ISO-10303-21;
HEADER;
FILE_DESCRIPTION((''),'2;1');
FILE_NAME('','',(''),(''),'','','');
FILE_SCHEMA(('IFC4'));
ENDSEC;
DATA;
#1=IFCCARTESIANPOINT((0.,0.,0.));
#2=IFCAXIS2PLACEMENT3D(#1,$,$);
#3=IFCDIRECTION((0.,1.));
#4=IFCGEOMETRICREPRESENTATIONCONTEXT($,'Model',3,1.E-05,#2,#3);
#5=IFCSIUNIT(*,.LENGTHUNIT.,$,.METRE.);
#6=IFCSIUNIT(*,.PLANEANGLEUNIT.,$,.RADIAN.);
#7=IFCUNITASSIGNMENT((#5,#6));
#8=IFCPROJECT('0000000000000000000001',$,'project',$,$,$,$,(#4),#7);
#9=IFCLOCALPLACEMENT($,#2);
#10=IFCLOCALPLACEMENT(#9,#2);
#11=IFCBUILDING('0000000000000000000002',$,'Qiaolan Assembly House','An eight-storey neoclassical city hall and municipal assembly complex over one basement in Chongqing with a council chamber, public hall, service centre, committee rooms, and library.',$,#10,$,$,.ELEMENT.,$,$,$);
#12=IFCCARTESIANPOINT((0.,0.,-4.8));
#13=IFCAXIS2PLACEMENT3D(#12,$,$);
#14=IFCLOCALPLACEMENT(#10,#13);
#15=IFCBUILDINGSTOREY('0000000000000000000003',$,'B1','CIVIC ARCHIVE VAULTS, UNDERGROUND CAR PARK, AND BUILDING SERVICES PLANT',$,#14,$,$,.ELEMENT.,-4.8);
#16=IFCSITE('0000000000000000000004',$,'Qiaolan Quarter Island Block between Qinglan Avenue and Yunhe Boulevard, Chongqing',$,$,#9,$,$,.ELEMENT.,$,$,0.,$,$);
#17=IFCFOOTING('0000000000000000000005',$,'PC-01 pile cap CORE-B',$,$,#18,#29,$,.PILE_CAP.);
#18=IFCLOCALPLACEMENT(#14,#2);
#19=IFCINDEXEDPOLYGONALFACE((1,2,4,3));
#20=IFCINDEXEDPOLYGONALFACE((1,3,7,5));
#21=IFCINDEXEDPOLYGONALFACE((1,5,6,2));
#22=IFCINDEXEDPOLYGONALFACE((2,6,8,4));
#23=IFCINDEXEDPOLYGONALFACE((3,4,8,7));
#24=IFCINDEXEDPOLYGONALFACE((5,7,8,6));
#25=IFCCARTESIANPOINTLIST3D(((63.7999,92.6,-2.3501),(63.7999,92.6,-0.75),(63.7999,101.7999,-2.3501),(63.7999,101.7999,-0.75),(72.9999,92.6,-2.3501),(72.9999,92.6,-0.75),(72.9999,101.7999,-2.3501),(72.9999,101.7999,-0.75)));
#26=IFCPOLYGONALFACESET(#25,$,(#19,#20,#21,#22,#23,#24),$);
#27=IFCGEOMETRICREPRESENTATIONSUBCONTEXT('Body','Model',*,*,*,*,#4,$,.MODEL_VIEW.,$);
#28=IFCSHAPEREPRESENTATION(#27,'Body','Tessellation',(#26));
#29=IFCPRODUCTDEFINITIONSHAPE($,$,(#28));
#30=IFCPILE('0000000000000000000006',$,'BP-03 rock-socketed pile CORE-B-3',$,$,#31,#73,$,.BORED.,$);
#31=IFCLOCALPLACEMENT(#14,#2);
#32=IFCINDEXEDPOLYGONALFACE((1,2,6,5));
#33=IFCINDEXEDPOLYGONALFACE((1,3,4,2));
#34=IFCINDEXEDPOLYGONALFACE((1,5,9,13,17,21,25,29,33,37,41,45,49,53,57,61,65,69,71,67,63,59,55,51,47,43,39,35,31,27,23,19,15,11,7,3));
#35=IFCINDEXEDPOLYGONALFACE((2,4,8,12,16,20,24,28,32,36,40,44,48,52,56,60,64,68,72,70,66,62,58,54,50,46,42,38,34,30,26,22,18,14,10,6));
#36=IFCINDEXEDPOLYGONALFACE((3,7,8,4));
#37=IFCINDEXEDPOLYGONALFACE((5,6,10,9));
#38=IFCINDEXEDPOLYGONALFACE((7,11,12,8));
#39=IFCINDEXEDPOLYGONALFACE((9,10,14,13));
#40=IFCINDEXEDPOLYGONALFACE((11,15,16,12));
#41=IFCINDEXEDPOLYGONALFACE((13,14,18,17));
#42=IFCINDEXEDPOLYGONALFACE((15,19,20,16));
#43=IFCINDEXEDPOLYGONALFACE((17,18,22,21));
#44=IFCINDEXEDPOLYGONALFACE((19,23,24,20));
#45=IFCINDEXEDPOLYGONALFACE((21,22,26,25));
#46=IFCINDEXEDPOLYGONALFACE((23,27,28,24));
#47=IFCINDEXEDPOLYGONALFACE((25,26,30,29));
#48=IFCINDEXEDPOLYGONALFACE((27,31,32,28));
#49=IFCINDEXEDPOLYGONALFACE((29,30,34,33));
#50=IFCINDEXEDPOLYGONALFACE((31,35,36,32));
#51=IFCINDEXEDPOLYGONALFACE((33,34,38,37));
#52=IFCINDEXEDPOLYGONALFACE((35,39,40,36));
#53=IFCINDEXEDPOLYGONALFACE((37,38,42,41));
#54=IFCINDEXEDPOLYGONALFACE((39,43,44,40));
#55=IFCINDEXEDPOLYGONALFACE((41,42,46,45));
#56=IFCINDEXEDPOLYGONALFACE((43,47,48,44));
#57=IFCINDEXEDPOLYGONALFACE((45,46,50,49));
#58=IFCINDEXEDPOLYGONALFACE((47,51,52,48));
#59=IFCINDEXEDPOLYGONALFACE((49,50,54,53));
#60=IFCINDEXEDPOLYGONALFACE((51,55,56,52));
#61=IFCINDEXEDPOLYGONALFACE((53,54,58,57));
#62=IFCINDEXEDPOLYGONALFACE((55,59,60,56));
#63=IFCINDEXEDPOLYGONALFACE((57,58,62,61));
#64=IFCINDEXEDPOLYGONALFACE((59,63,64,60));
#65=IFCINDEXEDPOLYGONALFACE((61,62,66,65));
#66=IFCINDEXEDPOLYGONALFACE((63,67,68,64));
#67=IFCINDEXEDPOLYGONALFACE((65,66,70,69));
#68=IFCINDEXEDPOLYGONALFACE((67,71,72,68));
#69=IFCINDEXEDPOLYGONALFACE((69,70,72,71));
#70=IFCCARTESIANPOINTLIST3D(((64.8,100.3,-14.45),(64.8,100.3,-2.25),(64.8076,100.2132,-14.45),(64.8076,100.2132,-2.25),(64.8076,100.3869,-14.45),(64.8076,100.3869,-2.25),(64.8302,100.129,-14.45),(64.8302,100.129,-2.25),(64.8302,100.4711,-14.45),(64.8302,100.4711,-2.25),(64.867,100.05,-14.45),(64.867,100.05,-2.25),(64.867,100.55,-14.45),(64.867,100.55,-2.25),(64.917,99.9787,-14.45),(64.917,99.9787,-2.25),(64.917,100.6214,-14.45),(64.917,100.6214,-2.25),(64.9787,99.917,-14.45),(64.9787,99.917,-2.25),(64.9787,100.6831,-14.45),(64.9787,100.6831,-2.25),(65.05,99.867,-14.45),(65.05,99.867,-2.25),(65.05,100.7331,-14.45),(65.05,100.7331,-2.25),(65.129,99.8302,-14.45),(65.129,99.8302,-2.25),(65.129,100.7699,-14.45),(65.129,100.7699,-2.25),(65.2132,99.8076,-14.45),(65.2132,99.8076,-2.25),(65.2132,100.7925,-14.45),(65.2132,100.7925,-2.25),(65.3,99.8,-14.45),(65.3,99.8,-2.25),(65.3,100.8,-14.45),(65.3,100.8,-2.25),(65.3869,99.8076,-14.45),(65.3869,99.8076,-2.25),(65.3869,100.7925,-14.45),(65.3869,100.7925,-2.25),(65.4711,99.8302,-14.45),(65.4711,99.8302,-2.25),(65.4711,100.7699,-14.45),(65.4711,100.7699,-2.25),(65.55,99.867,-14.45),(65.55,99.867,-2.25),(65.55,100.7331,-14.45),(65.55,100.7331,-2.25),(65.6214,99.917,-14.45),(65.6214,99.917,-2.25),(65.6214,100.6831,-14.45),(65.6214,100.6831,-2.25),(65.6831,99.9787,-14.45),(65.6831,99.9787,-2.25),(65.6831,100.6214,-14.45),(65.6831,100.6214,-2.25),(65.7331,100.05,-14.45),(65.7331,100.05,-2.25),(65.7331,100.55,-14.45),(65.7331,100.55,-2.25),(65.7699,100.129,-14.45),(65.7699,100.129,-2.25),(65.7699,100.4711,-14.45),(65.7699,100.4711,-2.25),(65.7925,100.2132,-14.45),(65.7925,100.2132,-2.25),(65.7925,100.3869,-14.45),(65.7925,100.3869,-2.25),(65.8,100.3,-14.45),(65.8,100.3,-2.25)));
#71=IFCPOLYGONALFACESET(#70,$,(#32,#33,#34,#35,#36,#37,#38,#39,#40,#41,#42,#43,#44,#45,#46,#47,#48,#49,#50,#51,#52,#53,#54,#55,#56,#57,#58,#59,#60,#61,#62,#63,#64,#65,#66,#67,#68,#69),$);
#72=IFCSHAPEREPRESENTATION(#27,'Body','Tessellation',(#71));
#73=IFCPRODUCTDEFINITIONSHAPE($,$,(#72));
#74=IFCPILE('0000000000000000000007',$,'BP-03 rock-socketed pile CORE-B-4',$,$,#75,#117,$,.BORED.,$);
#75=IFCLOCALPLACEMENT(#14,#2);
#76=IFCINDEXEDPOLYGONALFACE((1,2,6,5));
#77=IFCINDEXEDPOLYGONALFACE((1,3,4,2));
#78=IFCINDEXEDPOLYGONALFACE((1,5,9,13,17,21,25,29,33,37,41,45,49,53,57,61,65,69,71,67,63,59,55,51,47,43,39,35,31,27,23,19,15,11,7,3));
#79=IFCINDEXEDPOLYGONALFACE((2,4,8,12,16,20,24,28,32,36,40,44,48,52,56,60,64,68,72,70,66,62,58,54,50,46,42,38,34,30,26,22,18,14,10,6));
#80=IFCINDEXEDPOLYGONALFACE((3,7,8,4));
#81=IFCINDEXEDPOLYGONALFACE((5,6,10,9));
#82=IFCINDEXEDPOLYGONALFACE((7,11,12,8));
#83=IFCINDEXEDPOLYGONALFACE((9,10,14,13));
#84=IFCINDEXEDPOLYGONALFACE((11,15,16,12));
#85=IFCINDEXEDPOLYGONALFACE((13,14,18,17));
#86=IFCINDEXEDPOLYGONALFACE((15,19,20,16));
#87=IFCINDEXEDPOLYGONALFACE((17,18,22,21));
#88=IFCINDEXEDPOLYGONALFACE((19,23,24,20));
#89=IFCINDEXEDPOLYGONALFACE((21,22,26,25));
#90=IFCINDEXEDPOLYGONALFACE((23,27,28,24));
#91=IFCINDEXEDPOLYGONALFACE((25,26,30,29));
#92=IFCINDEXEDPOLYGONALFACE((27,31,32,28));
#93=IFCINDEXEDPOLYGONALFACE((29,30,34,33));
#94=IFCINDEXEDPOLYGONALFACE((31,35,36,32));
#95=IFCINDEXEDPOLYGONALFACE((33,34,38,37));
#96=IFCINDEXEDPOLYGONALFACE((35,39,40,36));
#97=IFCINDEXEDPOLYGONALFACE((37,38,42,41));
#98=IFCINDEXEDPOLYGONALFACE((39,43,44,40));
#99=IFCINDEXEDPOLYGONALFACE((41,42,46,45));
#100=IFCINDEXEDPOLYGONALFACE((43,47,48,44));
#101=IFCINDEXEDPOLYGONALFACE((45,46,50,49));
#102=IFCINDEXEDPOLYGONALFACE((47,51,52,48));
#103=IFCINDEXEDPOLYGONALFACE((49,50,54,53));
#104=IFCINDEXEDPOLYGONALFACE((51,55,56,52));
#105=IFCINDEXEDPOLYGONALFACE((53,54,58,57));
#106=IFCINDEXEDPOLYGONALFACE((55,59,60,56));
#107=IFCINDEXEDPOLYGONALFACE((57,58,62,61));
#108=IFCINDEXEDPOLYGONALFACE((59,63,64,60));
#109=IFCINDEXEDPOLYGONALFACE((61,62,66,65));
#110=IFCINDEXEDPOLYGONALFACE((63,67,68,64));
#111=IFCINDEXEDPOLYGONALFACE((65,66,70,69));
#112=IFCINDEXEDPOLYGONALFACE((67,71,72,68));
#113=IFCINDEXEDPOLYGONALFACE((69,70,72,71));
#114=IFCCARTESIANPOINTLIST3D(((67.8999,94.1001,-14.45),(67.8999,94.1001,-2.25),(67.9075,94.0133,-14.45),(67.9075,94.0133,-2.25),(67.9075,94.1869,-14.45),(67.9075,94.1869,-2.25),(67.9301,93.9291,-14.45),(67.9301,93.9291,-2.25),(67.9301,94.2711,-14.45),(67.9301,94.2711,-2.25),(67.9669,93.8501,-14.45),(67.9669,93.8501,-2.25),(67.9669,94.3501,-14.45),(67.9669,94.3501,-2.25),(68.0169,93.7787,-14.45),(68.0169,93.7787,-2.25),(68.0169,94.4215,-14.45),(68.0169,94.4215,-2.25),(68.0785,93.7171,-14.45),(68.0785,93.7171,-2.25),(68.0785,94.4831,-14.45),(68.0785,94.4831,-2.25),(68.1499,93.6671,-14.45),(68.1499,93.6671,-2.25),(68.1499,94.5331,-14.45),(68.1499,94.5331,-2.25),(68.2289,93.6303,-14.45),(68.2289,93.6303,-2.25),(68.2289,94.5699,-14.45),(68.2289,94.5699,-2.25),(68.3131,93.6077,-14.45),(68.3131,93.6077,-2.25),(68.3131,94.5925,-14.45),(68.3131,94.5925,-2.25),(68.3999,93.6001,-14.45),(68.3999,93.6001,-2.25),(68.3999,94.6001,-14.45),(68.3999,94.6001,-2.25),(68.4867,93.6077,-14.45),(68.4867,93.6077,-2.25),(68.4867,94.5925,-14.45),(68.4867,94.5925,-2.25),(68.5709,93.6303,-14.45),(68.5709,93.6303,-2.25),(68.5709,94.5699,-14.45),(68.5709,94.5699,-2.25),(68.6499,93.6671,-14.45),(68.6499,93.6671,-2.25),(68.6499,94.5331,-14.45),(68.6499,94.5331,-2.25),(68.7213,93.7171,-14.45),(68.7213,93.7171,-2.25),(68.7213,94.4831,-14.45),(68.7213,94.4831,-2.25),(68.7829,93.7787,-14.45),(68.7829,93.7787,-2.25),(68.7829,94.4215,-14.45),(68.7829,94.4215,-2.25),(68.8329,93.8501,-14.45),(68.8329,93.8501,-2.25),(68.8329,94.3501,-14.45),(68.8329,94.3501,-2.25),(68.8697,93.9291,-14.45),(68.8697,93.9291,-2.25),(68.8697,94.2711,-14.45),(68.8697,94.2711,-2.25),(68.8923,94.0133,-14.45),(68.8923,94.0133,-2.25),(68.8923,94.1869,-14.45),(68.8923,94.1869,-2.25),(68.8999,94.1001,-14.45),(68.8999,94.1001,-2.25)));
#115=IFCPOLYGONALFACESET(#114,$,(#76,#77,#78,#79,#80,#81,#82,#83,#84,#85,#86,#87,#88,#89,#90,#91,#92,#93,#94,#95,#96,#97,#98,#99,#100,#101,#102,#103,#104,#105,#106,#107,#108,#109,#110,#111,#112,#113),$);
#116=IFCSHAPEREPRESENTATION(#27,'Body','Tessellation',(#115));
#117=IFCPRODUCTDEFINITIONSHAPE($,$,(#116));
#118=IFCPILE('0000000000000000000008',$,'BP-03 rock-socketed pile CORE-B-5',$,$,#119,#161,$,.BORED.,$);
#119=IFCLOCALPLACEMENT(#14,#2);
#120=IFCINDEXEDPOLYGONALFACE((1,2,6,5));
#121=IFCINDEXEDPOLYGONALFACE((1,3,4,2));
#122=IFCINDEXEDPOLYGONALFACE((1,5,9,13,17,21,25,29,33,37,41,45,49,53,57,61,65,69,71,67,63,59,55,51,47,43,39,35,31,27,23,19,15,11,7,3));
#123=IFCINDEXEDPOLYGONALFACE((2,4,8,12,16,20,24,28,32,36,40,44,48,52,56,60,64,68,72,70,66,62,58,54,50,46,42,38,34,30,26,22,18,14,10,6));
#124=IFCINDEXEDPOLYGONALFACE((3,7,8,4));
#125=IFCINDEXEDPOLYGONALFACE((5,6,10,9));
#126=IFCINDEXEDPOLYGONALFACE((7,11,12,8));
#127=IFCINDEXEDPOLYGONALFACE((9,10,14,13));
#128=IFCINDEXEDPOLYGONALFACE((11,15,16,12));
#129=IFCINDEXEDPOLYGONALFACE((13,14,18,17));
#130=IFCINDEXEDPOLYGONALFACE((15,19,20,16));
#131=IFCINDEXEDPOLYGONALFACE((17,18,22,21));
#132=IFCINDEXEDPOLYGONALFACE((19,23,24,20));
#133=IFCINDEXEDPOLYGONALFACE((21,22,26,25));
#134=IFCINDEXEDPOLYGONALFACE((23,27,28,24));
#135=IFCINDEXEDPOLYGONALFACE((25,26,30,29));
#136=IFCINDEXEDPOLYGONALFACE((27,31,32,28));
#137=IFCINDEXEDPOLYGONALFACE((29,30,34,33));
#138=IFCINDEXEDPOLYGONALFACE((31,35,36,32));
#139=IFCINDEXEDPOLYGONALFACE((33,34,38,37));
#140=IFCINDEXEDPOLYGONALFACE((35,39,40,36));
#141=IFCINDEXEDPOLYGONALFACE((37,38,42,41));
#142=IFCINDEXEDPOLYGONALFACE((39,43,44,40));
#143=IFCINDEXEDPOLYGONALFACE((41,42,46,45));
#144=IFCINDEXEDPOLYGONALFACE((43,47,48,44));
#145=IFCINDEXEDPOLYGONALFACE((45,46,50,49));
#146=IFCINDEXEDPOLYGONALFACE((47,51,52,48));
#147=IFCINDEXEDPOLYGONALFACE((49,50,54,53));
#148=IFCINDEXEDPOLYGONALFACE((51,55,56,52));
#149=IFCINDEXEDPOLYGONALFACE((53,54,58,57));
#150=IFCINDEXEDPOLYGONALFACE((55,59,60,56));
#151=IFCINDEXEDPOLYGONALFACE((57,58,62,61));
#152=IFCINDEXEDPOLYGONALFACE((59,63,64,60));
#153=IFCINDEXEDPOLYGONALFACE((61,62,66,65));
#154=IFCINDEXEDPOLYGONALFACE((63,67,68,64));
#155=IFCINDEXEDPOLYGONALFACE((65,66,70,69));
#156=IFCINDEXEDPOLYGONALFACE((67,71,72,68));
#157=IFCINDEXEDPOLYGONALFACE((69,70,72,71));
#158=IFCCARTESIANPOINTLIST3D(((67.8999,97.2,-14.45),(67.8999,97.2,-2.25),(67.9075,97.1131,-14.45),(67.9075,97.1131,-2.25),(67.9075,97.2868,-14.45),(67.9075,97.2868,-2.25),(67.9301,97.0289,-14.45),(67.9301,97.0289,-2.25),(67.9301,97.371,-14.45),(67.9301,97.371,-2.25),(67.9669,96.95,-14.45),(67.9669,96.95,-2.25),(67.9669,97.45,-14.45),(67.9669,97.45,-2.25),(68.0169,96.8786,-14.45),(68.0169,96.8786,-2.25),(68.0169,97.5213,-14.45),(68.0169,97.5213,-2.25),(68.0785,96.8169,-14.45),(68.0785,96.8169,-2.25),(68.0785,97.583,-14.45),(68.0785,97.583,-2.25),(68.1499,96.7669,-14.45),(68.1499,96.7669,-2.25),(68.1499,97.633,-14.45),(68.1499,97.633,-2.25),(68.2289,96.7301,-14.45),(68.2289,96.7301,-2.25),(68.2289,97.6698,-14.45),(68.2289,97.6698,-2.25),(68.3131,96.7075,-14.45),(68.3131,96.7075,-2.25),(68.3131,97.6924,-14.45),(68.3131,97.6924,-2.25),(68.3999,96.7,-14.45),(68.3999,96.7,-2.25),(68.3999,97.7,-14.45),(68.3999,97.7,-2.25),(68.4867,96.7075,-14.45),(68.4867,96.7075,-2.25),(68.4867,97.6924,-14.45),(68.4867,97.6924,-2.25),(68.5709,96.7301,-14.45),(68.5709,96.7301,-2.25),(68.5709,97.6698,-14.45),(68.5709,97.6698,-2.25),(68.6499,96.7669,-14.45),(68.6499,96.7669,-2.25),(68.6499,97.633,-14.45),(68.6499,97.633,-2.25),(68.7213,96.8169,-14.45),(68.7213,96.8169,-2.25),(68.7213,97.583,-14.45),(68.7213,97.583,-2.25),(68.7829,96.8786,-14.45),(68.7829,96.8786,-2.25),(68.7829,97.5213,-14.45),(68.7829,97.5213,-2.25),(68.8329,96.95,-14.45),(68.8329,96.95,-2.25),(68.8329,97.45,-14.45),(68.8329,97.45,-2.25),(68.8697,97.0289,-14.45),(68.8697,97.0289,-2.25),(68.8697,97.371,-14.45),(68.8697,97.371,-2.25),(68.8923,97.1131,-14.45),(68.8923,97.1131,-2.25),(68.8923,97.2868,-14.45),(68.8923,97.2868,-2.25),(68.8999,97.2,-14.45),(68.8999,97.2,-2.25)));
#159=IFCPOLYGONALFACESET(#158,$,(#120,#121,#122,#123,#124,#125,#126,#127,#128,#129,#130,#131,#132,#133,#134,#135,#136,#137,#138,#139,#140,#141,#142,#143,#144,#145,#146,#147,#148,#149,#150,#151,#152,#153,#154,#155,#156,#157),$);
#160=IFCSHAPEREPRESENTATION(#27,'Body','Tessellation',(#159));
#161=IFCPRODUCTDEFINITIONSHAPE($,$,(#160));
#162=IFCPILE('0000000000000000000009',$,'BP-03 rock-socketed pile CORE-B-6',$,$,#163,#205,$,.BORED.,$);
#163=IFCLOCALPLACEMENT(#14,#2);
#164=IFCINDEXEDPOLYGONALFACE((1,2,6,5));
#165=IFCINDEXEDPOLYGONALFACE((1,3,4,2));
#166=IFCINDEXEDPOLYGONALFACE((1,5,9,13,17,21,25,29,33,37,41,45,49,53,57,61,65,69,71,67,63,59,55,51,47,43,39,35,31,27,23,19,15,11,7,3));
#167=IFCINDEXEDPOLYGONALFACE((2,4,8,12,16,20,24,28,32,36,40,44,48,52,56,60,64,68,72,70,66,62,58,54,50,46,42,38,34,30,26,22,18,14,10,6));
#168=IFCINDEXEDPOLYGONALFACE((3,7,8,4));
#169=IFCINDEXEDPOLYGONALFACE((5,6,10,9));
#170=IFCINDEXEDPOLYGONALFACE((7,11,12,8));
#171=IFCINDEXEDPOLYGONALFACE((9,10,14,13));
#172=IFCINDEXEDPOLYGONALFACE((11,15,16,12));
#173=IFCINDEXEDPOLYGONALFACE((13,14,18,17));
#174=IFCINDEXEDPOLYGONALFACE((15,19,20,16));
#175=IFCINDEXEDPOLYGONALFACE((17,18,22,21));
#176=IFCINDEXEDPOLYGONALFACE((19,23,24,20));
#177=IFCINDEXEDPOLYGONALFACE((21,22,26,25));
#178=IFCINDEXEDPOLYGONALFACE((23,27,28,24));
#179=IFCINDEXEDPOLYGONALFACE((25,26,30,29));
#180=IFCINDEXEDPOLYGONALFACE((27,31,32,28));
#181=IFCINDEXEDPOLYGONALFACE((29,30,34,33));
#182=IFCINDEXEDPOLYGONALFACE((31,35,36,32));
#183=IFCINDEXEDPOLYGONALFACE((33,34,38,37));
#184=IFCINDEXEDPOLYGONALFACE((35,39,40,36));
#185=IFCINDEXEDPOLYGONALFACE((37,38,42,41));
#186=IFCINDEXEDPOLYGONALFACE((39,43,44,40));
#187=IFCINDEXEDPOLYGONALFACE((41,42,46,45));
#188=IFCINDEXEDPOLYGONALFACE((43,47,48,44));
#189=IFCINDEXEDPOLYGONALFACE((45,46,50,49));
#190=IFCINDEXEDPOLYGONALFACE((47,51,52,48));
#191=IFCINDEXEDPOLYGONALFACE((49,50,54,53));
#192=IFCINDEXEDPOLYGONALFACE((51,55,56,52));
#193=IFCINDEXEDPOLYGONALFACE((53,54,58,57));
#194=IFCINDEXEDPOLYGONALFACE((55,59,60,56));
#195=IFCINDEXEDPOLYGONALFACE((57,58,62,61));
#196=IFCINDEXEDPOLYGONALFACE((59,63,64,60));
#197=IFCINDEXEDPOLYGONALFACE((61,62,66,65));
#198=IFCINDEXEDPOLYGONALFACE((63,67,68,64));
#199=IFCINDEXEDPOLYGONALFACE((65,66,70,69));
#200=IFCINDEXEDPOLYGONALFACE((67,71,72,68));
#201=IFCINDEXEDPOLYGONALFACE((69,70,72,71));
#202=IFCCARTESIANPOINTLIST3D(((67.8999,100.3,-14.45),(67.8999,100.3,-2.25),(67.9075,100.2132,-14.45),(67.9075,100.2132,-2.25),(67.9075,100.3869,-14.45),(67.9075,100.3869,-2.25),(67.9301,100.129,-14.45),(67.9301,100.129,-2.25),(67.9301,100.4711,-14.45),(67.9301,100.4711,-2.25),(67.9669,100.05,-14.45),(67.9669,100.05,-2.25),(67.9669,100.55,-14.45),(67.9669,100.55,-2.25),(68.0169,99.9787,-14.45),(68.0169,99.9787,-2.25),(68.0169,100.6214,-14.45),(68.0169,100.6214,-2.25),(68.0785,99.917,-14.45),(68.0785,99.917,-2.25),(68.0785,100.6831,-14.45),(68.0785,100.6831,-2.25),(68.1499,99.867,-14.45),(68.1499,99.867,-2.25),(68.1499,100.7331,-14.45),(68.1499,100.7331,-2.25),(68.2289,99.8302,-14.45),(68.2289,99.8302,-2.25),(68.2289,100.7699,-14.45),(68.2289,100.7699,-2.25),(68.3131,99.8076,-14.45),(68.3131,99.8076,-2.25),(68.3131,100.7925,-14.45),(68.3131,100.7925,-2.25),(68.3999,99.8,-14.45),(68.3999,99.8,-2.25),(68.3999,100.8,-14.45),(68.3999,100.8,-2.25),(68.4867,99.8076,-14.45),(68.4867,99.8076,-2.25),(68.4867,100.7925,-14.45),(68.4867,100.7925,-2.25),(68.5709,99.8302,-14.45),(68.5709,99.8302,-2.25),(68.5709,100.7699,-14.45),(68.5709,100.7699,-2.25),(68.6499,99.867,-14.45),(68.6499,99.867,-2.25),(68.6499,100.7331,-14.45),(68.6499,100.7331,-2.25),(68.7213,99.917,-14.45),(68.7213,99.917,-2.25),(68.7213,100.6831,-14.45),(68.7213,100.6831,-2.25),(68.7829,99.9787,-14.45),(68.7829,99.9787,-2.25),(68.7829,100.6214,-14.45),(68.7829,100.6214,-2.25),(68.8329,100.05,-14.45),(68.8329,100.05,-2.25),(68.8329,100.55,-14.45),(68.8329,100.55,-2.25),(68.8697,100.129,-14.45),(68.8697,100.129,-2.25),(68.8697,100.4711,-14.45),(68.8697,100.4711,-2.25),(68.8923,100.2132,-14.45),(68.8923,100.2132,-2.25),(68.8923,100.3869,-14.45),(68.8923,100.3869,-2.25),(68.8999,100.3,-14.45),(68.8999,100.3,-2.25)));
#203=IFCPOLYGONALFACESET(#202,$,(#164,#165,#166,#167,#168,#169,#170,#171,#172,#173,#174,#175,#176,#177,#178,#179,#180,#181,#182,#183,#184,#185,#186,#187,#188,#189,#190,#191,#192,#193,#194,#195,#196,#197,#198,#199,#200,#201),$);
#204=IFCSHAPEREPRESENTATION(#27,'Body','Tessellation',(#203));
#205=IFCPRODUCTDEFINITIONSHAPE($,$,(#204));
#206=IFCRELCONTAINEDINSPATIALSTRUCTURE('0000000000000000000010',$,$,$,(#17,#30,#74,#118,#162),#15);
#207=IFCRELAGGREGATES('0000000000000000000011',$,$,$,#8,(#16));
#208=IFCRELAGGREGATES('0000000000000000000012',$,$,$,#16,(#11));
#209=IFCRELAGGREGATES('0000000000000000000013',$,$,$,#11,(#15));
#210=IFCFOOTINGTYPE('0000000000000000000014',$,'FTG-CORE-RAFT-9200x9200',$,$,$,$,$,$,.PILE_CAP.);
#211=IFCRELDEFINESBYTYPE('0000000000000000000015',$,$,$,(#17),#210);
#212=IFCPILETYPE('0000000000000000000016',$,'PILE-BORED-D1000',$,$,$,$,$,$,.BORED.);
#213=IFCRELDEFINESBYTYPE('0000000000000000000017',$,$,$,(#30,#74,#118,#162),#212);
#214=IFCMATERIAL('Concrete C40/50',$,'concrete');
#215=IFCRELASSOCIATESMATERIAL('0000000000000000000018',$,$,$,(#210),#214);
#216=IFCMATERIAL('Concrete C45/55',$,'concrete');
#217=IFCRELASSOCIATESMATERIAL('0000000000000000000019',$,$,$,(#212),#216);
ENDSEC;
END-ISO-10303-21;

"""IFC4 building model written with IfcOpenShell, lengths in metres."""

from ifc_helpers import new_model, si_unit, direction, frame, origin, origin_2d, place, context, subcontext, project, spatial, rectangle, circle, extrude, material, material_profile, profile_set, type_object, element, save


model = new_model("IFC4")

# Units and contexts
model_context = context("Model", 3, precision=1e-05, world=origin(), true_north=direction((0.0, 1.0)))
body_context = subcontext(model_context, "Body", "Model", "MODEL_VIEW")
ifc_project = project(units=[si_unit("LENGTHUNIT", "METRE"), si_unit("PLANEANGLEUNIT", "RADIAN")], contexts=[model_context])

# Site, building, storey
site_placement = place(None, origin())
site = spatial("IfcSite", under=ifc_project, at=site_placement, Name="Qiaolan Quarter Island Block between Qinglan Avenue and Yunhe Boulevard, Chongqing", CompositionType="ELEMENT", RefElevation=0.0)
building_placement = place(site_placement, origin())
building = spatial("IfcBuilding", under=site, at=building_placement, Name="Qiaolan Assembly House", Description="An eight-storey neoclassical city hall and municipal assembly complex over one basement in Chongqing with a council chamber, public hall, service centre, committee rooms, and library.", CompositionType="ELEMENT")
storey_placement = place(building_placement, frame((0.0, 0.0, -4.8)))
storey = spatial("IfcBuildingStorey", under=building, at=storey_placement, Name="B1", Description="CIVIC ARCHIVE VAULTS, UNDERGROUND CAR PARK, AND BUILDING SERVICES PLANT", CompositionType="ELEMENT", Elevation=-4.8)

# Footing
ifc_material_1 = material(Name="Concrete C40/50", Category="concrete")
footing_type = type_object("IfcFootingType", Name="FTG-CORE-RAFT-9200x9200", PredefinedType="PILE_CAP", material=ifc_material_1)
footing_placement = place(storey_placement, frame((68.3999, 97.2, -2.3501), z_axis=(0.0, 0.0, 1.0), x_axis=(1.0, 0.0, 0.0)))
element("IfcFooting", 1, at=footing_placement, inside=storey, type_object=footing_type, Name="PC-01 pile cap CORE-B", PredefinedType="PILE_CAP", context=body_context, shape_type="SweptSolid", body=[
    extrude(rectangle(XDim=9.2, YDim=9.2, at=origin_2d()), origin(), (0.0, 0.0, 1.0), 1.6001),
])

# Piles
ifc_material_2 = material(Name="Concrete C45/55", Category="concrete")
ifc_material_profile = material_profile(ifc_material_2, circle(Radius=0.5, at=origin_2d()), Name="PILE D1000")
ifc_profile_set = profile_set([ifc_material_profile], Name="Concrete C45/55")
pile_type = type_object("IfcPileType", Name="PILE-BORED-D1000", PredefinedType="BORED", material=ifc_profile_set)
for number, where, z_axis, x_axis, name in (
    (2, (65.3, 100.3, -2.25), (0.0, 0.0, -1.0), (1.0, 0.0, 0.0), "BP-03 rock-socketed pile CORE-B-3"),
    (3, (68.3999, 94.1001, -2.25), (0.0, 0.0, -1.0), (1.0, 0.0, 0.0), "BP-03 rock-socketed pile CORE-B-4"),
    (4, (68.3999, 97.2, -2.25), (0.0, 0.0, -1.0), (1.0, 0.0, 0.0), "BP-03 rock-socketed pile CORE-B-5"),
    (5, (68.3999, 100.3, -2.25), (0.0, 0.0, -1.0), (1.0, 0.0, 0.0), "BP-03 rock-socketed pile CORE-B-6"),
):
    element("IfcPile", number, at=place(storey_placement, frame(where, z_axis=z_axis, x_axis=x_axis)), inside=storey, type_object=pile_type, Name=name, PredefinedType="BORED", context=body_context, shape_type="SweptSolid", body=[
        extrude(circle(Radius=0.5, at=origin_2d()), origin(), (0.0, 0.0, 1.0), 12.2),
    ])

save(model, "model.ifc")
